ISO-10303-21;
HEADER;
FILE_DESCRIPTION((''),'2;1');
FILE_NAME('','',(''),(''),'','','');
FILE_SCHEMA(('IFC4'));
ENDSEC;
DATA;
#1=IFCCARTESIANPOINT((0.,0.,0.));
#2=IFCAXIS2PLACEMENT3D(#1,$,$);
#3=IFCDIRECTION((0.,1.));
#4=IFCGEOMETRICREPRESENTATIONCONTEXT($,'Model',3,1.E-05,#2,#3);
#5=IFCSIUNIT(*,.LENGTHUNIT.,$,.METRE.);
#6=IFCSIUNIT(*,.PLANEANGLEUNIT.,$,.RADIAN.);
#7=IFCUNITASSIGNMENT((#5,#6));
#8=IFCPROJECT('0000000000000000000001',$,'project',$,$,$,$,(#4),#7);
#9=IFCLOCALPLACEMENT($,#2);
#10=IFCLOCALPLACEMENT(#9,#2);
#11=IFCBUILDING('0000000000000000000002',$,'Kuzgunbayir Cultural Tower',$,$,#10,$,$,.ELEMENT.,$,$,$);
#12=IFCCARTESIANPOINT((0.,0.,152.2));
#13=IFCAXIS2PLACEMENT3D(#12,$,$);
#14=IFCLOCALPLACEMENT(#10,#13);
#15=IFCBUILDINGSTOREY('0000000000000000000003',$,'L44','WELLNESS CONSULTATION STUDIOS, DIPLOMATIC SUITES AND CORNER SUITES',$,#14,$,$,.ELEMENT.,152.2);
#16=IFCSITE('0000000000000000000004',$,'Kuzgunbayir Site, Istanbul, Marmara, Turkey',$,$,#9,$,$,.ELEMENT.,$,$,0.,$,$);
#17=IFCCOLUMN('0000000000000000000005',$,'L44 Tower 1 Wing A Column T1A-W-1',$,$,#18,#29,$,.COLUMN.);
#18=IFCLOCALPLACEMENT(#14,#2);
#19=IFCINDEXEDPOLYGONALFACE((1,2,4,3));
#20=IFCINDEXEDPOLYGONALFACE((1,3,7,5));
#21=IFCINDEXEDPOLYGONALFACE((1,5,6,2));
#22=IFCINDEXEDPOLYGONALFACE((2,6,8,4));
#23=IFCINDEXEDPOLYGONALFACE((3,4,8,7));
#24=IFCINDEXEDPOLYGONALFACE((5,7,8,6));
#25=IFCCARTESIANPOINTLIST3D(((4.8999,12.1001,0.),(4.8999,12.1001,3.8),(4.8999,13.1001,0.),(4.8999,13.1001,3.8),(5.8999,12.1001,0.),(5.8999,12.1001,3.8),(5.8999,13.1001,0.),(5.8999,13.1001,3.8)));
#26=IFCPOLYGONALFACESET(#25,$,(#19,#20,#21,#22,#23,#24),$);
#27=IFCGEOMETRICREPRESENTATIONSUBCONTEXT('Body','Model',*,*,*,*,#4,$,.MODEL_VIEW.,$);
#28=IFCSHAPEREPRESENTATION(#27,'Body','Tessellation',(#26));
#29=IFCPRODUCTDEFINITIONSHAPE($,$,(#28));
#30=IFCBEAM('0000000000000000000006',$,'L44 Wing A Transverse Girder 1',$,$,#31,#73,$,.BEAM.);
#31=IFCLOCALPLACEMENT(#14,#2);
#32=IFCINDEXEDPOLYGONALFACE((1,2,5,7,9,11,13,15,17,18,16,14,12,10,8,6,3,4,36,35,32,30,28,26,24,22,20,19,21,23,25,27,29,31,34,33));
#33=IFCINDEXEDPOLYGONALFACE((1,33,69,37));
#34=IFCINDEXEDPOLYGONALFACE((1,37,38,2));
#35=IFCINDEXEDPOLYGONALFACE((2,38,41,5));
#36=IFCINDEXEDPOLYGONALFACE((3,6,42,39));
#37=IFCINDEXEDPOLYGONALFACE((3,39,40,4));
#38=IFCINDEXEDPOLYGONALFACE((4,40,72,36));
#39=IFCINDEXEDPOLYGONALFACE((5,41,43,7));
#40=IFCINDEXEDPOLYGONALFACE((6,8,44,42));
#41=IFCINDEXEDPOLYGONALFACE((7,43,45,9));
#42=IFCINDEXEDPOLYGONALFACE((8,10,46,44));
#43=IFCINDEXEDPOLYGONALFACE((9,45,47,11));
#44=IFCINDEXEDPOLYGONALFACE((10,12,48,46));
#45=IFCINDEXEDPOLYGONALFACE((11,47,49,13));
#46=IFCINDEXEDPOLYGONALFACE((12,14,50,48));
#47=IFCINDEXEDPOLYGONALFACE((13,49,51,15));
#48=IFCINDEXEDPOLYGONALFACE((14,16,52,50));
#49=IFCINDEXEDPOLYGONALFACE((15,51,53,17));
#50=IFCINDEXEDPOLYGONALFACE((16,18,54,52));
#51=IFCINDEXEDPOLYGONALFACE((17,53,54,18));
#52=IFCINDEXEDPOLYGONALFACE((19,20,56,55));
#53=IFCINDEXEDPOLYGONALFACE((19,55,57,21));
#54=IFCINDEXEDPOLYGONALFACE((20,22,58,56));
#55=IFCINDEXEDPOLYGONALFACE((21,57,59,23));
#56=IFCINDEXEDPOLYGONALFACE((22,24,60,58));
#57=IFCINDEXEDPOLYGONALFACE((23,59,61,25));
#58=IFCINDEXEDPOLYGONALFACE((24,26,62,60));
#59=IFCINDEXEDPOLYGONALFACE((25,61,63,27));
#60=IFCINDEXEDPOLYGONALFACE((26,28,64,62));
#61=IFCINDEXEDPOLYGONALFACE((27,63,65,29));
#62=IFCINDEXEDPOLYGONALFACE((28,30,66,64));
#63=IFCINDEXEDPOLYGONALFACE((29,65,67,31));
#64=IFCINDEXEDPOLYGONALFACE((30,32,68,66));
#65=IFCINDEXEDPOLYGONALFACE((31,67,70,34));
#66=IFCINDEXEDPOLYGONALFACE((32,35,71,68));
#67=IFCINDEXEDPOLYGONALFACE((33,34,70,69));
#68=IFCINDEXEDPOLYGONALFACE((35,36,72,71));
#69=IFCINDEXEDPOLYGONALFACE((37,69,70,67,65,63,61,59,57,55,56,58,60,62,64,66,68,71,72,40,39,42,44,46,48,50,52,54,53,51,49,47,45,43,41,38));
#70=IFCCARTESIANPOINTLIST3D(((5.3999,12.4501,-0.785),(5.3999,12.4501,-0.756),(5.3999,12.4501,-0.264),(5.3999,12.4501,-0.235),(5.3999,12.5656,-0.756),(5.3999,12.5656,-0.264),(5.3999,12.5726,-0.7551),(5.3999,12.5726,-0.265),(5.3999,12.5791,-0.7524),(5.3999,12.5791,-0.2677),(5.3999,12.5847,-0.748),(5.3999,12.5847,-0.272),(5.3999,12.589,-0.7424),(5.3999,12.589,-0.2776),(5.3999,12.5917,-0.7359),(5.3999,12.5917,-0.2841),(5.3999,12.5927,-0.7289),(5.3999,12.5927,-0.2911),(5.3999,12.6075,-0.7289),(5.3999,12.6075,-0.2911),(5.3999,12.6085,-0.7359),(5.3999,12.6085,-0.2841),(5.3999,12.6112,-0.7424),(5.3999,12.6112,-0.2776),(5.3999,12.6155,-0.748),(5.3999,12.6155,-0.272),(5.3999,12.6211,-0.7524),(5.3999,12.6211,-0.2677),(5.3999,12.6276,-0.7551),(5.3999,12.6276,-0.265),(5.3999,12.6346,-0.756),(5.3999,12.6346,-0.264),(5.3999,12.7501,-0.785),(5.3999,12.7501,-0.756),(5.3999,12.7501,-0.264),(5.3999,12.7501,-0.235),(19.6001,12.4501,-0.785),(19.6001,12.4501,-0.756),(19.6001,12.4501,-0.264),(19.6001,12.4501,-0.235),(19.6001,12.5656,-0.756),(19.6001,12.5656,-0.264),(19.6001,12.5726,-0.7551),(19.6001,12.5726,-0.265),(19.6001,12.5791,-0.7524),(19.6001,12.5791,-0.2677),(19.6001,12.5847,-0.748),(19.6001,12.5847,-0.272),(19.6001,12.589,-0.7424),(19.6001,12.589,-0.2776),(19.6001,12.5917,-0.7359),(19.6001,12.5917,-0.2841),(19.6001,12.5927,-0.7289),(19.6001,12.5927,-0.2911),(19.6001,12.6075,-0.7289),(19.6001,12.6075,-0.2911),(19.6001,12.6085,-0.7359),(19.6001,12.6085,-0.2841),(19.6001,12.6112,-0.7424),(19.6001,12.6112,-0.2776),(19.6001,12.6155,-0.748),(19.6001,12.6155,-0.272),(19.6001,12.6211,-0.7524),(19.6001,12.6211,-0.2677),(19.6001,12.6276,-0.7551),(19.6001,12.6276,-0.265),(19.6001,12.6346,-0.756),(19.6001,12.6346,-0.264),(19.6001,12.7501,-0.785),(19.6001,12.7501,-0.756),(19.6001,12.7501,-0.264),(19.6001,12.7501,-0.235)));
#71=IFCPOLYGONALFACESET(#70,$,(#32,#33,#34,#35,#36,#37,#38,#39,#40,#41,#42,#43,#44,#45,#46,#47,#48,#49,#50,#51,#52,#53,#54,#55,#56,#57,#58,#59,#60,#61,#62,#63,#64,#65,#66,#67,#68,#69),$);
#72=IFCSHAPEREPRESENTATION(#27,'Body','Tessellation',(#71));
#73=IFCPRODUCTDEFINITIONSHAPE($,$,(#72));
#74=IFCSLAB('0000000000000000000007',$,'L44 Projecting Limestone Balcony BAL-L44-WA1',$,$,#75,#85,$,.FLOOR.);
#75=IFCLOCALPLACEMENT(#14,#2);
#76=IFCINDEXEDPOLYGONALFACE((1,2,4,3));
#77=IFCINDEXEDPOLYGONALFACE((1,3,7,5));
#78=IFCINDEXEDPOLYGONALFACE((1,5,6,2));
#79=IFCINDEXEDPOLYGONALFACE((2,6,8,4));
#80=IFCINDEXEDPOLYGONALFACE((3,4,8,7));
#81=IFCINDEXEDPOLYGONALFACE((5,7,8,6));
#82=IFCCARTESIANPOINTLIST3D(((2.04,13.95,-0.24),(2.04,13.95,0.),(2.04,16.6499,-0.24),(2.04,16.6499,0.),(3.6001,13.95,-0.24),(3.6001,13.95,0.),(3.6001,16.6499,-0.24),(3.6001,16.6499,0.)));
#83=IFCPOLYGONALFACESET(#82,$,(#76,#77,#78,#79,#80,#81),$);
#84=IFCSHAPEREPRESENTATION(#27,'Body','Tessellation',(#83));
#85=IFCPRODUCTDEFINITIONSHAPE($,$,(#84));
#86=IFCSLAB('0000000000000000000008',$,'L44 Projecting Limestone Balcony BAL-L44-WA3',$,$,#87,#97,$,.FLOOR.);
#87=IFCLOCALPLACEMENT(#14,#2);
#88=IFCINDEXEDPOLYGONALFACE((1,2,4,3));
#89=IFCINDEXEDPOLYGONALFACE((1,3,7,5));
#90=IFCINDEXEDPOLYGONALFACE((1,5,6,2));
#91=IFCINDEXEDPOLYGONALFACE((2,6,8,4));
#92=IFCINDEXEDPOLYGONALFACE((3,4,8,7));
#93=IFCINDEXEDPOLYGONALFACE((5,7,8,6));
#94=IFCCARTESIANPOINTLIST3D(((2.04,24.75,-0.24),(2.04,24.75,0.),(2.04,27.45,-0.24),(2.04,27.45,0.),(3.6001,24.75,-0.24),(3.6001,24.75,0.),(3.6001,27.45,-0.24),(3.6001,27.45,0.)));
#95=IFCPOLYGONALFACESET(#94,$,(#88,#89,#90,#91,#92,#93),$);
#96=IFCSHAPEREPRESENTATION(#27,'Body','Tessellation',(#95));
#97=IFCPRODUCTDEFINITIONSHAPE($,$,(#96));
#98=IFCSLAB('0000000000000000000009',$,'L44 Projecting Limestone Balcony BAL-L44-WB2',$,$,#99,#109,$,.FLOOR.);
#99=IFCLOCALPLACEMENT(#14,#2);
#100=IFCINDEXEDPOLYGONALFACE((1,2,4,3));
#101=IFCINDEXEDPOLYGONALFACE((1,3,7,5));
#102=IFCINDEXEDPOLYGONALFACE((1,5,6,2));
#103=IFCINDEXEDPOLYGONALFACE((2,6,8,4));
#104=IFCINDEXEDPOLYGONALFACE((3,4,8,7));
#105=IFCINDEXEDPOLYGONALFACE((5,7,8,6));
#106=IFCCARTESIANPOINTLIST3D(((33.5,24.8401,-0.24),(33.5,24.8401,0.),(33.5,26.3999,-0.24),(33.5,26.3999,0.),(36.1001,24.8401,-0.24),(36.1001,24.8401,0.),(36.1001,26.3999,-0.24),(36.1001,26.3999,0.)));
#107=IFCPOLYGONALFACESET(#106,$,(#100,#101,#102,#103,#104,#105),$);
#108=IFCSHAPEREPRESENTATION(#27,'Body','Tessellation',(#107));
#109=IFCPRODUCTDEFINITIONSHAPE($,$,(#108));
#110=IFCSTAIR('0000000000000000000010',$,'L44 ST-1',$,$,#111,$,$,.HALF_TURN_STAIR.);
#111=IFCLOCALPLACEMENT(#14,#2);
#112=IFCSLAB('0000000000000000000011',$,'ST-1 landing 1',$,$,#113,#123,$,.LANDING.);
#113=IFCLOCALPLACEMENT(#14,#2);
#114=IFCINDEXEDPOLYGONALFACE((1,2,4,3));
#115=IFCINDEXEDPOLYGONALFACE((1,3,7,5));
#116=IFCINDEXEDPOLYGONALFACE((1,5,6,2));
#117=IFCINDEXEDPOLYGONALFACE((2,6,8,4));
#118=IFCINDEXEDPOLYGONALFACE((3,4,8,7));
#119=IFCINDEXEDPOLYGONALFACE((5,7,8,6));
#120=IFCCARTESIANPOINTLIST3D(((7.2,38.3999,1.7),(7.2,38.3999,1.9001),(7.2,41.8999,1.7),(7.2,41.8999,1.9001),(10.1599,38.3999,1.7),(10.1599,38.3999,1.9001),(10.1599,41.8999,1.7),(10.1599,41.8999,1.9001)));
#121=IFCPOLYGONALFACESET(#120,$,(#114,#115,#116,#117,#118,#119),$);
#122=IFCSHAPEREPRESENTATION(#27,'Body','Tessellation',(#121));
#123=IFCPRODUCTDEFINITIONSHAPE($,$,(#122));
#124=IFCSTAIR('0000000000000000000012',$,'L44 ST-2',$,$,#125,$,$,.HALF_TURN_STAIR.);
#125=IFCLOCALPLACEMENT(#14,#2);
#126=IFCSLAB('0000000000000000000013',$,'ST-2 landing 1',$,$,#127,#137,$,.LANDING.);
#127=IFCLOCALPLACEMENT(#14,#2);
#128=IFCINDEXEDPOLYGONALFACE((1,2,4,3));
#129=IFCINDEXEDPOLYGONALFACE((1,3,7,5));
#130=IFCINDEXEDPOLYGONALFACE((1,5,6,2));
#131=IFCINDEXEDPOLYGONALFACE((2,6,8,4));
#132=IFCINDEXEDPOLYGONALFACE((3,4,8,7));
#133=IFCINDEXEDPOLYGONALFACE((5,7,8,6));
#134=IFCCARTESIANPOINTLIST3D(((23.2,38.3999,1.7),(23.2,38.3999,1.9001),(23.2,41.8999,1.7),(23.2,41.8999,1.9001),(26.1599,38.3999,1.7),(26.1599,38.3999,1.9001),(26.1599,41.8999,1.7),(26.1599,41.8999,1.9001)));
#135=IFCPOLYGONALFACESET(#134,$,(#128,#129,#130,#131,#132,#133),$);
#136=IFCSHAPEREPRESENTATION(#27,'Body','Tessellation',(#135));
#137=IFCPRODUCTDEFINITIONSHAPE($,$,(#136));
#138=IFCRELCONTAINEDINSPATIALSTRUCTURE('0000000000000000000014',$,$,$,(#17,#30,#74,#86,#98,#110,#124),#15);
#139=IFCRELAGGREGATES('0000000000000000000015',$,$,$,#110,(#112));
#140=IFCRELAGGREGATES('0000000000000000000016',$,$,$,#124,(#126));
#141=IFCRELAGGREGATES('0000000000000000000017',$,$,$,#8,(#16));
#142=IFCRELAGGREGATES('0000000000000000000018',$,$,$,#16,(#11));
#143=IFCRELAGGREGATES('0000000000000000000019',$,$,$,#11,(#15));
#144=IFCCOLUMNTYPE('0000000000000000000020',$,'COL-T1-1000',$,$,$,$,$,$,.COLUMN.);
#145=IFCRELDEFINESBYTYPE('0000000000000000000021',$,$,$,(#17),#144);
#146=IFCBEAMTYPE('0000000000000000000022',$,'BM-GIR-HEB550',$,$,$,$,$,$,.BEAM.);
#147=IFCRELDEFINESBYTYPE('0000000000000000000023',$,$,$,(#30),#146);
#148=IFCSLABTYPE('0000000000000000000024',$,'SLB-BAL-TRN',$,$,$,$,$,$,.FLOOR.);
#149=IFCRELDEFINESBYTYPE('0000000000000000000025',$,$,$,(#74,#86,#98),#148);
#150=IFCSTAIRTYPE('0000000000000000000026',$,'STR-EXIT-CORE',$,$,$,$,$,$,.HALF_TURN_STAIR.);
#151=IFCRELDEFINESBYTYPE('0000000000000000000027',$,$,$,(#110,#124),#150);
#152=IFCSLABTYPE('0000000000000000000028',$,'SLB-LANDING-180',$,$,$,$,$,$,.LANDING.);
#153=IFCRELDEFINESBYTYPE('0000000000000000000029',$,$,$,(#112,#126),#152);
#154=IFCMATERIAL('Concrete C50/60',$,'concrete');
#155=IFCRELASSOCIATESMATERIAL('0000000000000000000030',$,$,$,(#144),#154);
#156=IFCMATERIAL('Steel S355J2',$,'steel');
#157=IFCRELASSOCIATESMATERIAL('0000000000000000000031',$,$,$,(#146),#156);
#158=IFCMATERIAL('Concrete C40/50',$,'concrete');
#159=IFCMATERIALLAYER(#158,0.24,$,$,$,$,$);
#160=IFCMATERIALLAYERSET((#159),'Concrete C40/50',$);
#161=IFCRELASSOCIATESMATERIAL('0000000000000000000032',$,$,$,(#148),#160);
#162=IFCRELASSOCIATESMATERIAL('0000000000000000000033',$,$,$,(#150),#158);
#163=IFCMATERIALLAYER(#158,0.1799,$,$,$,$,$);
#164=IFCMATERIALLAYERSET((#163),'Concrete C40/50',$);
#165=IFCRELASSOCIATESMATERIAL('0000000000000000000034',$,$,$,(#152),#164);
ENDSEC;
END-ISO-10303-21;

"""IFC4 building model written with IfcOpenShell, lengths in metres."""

from ifc_helpers import new_model, si_unit, direction, frame, origin, origin_2d, place, context, subcontext, project, spatial, polyline, rectangle, i_section, outline, extrude, material, layer, layer_set, material_profile, profile_set, type_object, element, aggregate, save


model = new_model("IFC4")

# Units and contexts
model_context = context("Model", 3, precision=1e-05, world=origin(), true_north=direction((0.0, 1.0)))
body_context = subcontext(model_context, "Body", "Model", "MODEL_VIEW")
ifc_project = project(units=[si_unit("LENGTHUNIT", "METRE"), si_unit("PLANEANGLEUNIT", "RADIAN")], contexts=[model_context])

# Site, building, storey
site_placement = place(None, origin())
site = spatial("IfcSite", under=ifc_project, at=site_placement, Name="Kuzgunbayir Site, Istanbul, Marmara, Turkey", CompositionType="ELEMENT", RefElevation=0.0)
building_placement = place(site_placement, origin())
building = spatial("IfcBuilding", under=site, at=building_placement, Name="Kuzgunbayir Cultural Tower", CompositionType="ELEMENT")
storey_placement = place(building_placement, frame((0.0, 0.0, 152.2)))
storey = spatial("IfcBuildingStorey", under=building, at=storey_placement, Name="L44", Description="WELLNESS CONSULTATION STUDIOS, DIPLOMATIC SUITES AND CORNER SUITES", CompositionType="ELEMENT", Elevation=152.2)

# Column
ifc_material_1 = material(Name="Concrete C50/60", Category="concrete")
ifc_material_profile_1 = material_profile(ifc_material_1, rectangle(XDim=1.0, YDim=1.0, at=origin_2d()), Name="RC 1000x1000")
ifc_profile_set_1 = profile_set([ifc_material_profile_1], Name="Concrete C50/60")
column_type = type_object("IfcColumnType", Name="COL-T1-1000", PredefinedType="COLUMN", material=ifc_profile_set_1)
column_placement = place(storey_placement, frame((5.3999, 12.6001, 0.0), z_axis=(0.0, 0.0, 1.0), x_axis=(1.0, 0.0, 0.0)))
element("IfcColumn", 1, at=column_placement, inside=storey, type_object=column_type, Name="L44 Tower 1 Wing A Column T1A-W-1", PredefinedType="COLUMN", context=body_context, shape_type="SweptSolid", body=[
    extrude(rectangle(XDim=1.0, YDim=1.0, at=origin_2d()), origin(), (0.0, 0.0, 1.0), 3.8),
])

# Beam
ifc_material_2 = material(Name="Steel S355J2", Category="steel")
ifc_material_profile_2 = material_profile(ifc_material_2, i_section(OverallWidth=0.3, OverallDepth=0.55, WebThickness=0.0149, FlangeThickness=0.0291, FilletRadius=0.0271, at=origin_2d()), Name="HEB 550")
ifc_profile_set_2 = profile_set([ifc_material_profile_2], Name="Steel S355J2")
beam_type = type_object("IfcBeamType", Name="BM-GIR-HEB550", PredefinedType="BEAM", material=ifc_profile_set_2)
beam_placement = place(storey_placement, frame((5.3999, 12.6001, -0.51), z_axis=(1.0, 0.0, 0.0), x_axis=(0.0, 1.0, 0.0)))
element("IfcBeam", 2, at=beam_placement, inside=storey, type_object=beam_type, Name="L44 Wing A Transverse Girder 1", PredefinedType="BEAM", context=body_context, shape_type="SweptSolid", body=[
    extrude(i_section(OverallWidth=0.3, OverallDepth=0.55, WebThickness=0.0149, FlangeThickness=0.0291, FilletRadius=0.0271, at=origin_2d()), origin(), (0.0, 0.0, 1.0), 14.2002),
])

# Slabs
ifc_material_3 = material(Name="Concrete C40/50", Category="concrete")
ifc_layer_1 = layer(ifc_material_3, 0.24)
ifc_layer_set_1 = layer_set([ifc_layer_1], Name="Concrete C40/50")
slab_type_1 = type_object("IfcSlabType", Name="SLB-BAL-TRN", PredefinedType="FLOOR", material=ifc_layer_set_1)
slab_1_placement = place(storey_placement, frame((0.0, 0.0, -0.24)))
element("IfcSlab", 3, at=slab_1_placement, inside=storey, type_object=slab_type_1, Name="L44 Projecting Limestone Balcony BAL-L44-WA1", PredefinedType="FLOOR", context=body_context, shape_type="SweptSolid", body=[
    extrude(outline(polyline([(2.04, 13.95), (3.6001, 13.95), (3.6001, 16.6499), (2.04, 16.6499), (2.04, 13.95)])), origin(), (0.0, 0.0, 1.0), 0.24),
])
slab_2_placement = place(storey_placement, frame((0.0, 0.0, -0.24)))
element("IfcSlab", 4, at=slab_2_placement, inside=storey, type_object=slab_type_1, Name="L44 Projecting Limestone Balcony BAL-L44-WA3", PredefinedType="FLOOR", context=body_context, shape_type="SweptSolid", body=[
    extrude(outline(polyline([(2.04, 24.75), (3.6001, 24.75), (3.6001, 27.45), (2.04, 27.45), (2.04, 24.75)])), origin(), (0.0, 0.0, 1.0), 0.24),
])
slab_3_placement = place(storey_placement, frame((0.0, 0.0, -0.24)))
element("IfcSlab", 5, at=slab_3_placement, inside=storey, type_object=slab_type_1, Name="L44 Projecting Limestone Balcony BAL-L44-WB2", PredefinedType="FLOOR", context=body_context, shape_type="SweptSolid", body=[
    extrude(outline(polyline([(33.5, 24.8401), (36.1001, 24.8401), (36.1001, 26.3999), (33.5, 26.3999), (33.5, 24.8401)])), origin(), (0.0, 0.0, 1.0), 0.24),
])

# Stairs, slabs
stair_type = type_object("IfcStairType", Name="STR-EXIT-CORE", PredefinedType="HALF_TURN_STAIR", material=ifc_material_3)
stair_1_placement = place(storey_placement, origin())
stair_1 = element("IfcStair", 6, at=stair_1_placement, inside=storey, type_object=stair_type, Name="L44 ST-1", PredefinedType="HALF_TURN_STAIR")
ifc_layer_2 = layer(ifc_material_3, 0.1799)
ifc_layer_set_2 = layer_set([ifc_layer_2], Name="Concrete C40/50")
slab_type_2 = type_object("IfcSlabType", Name="SLB-LANDING-180", PredefinedType="LANDING", material=ifc_layer_set_2)
slab_4_placement = place(storey_placement, frame((0.0, 0.0, 1.7)))
slab_4 = element("IfcSlab", 7, at=slab_4_placement, type_object=slab_type_2, Name="ST-1 landing 1", PredefinedType="LANDING", context=body_context, shape_type="SweptSolid", body=[
    extrude(outline(polyline([(10.1599, 38.3999), (10.1599, 41.8999), (7.2, 41.8999), (7.2, 38.3999), (10.1599, 38.3999)])), origin(), (0.0, 0.0, 1.0), 0.2002),
])
aggregate(stair_1, [slab_4])
stair_2_placement = place(storey_placement, origin())
stair_2 = element("IfcStair", 8, at=stair_2_placement, inside=storey, type_object=stair_type, Name="L44 ST-2", PredefinedType="HALF_TURN_STAIR")
slab_5_placement = place(storey_placement, frame((0.0, 0.0, 1.7)))
slab_5 = element("IfcSlab", 9, at=slab_5_placement, type_object=slab_type_2, Name="ST-2 landing 1", PredefinedType="LANDING", context=body_context, shape_type="SweptSolid", body=[
    extrude(outline(polyline([(26.1599, 38.3999), (26.1599, 41.8999), (23.2, 41.8999), (23.2, 38.3999), (26.1599, 38.3999)])), origin(), (0.0, 0.0, 1.0), 0.2002),
])
aggregate(stair_2, [slab_5])

save(model, "model.ifc")
